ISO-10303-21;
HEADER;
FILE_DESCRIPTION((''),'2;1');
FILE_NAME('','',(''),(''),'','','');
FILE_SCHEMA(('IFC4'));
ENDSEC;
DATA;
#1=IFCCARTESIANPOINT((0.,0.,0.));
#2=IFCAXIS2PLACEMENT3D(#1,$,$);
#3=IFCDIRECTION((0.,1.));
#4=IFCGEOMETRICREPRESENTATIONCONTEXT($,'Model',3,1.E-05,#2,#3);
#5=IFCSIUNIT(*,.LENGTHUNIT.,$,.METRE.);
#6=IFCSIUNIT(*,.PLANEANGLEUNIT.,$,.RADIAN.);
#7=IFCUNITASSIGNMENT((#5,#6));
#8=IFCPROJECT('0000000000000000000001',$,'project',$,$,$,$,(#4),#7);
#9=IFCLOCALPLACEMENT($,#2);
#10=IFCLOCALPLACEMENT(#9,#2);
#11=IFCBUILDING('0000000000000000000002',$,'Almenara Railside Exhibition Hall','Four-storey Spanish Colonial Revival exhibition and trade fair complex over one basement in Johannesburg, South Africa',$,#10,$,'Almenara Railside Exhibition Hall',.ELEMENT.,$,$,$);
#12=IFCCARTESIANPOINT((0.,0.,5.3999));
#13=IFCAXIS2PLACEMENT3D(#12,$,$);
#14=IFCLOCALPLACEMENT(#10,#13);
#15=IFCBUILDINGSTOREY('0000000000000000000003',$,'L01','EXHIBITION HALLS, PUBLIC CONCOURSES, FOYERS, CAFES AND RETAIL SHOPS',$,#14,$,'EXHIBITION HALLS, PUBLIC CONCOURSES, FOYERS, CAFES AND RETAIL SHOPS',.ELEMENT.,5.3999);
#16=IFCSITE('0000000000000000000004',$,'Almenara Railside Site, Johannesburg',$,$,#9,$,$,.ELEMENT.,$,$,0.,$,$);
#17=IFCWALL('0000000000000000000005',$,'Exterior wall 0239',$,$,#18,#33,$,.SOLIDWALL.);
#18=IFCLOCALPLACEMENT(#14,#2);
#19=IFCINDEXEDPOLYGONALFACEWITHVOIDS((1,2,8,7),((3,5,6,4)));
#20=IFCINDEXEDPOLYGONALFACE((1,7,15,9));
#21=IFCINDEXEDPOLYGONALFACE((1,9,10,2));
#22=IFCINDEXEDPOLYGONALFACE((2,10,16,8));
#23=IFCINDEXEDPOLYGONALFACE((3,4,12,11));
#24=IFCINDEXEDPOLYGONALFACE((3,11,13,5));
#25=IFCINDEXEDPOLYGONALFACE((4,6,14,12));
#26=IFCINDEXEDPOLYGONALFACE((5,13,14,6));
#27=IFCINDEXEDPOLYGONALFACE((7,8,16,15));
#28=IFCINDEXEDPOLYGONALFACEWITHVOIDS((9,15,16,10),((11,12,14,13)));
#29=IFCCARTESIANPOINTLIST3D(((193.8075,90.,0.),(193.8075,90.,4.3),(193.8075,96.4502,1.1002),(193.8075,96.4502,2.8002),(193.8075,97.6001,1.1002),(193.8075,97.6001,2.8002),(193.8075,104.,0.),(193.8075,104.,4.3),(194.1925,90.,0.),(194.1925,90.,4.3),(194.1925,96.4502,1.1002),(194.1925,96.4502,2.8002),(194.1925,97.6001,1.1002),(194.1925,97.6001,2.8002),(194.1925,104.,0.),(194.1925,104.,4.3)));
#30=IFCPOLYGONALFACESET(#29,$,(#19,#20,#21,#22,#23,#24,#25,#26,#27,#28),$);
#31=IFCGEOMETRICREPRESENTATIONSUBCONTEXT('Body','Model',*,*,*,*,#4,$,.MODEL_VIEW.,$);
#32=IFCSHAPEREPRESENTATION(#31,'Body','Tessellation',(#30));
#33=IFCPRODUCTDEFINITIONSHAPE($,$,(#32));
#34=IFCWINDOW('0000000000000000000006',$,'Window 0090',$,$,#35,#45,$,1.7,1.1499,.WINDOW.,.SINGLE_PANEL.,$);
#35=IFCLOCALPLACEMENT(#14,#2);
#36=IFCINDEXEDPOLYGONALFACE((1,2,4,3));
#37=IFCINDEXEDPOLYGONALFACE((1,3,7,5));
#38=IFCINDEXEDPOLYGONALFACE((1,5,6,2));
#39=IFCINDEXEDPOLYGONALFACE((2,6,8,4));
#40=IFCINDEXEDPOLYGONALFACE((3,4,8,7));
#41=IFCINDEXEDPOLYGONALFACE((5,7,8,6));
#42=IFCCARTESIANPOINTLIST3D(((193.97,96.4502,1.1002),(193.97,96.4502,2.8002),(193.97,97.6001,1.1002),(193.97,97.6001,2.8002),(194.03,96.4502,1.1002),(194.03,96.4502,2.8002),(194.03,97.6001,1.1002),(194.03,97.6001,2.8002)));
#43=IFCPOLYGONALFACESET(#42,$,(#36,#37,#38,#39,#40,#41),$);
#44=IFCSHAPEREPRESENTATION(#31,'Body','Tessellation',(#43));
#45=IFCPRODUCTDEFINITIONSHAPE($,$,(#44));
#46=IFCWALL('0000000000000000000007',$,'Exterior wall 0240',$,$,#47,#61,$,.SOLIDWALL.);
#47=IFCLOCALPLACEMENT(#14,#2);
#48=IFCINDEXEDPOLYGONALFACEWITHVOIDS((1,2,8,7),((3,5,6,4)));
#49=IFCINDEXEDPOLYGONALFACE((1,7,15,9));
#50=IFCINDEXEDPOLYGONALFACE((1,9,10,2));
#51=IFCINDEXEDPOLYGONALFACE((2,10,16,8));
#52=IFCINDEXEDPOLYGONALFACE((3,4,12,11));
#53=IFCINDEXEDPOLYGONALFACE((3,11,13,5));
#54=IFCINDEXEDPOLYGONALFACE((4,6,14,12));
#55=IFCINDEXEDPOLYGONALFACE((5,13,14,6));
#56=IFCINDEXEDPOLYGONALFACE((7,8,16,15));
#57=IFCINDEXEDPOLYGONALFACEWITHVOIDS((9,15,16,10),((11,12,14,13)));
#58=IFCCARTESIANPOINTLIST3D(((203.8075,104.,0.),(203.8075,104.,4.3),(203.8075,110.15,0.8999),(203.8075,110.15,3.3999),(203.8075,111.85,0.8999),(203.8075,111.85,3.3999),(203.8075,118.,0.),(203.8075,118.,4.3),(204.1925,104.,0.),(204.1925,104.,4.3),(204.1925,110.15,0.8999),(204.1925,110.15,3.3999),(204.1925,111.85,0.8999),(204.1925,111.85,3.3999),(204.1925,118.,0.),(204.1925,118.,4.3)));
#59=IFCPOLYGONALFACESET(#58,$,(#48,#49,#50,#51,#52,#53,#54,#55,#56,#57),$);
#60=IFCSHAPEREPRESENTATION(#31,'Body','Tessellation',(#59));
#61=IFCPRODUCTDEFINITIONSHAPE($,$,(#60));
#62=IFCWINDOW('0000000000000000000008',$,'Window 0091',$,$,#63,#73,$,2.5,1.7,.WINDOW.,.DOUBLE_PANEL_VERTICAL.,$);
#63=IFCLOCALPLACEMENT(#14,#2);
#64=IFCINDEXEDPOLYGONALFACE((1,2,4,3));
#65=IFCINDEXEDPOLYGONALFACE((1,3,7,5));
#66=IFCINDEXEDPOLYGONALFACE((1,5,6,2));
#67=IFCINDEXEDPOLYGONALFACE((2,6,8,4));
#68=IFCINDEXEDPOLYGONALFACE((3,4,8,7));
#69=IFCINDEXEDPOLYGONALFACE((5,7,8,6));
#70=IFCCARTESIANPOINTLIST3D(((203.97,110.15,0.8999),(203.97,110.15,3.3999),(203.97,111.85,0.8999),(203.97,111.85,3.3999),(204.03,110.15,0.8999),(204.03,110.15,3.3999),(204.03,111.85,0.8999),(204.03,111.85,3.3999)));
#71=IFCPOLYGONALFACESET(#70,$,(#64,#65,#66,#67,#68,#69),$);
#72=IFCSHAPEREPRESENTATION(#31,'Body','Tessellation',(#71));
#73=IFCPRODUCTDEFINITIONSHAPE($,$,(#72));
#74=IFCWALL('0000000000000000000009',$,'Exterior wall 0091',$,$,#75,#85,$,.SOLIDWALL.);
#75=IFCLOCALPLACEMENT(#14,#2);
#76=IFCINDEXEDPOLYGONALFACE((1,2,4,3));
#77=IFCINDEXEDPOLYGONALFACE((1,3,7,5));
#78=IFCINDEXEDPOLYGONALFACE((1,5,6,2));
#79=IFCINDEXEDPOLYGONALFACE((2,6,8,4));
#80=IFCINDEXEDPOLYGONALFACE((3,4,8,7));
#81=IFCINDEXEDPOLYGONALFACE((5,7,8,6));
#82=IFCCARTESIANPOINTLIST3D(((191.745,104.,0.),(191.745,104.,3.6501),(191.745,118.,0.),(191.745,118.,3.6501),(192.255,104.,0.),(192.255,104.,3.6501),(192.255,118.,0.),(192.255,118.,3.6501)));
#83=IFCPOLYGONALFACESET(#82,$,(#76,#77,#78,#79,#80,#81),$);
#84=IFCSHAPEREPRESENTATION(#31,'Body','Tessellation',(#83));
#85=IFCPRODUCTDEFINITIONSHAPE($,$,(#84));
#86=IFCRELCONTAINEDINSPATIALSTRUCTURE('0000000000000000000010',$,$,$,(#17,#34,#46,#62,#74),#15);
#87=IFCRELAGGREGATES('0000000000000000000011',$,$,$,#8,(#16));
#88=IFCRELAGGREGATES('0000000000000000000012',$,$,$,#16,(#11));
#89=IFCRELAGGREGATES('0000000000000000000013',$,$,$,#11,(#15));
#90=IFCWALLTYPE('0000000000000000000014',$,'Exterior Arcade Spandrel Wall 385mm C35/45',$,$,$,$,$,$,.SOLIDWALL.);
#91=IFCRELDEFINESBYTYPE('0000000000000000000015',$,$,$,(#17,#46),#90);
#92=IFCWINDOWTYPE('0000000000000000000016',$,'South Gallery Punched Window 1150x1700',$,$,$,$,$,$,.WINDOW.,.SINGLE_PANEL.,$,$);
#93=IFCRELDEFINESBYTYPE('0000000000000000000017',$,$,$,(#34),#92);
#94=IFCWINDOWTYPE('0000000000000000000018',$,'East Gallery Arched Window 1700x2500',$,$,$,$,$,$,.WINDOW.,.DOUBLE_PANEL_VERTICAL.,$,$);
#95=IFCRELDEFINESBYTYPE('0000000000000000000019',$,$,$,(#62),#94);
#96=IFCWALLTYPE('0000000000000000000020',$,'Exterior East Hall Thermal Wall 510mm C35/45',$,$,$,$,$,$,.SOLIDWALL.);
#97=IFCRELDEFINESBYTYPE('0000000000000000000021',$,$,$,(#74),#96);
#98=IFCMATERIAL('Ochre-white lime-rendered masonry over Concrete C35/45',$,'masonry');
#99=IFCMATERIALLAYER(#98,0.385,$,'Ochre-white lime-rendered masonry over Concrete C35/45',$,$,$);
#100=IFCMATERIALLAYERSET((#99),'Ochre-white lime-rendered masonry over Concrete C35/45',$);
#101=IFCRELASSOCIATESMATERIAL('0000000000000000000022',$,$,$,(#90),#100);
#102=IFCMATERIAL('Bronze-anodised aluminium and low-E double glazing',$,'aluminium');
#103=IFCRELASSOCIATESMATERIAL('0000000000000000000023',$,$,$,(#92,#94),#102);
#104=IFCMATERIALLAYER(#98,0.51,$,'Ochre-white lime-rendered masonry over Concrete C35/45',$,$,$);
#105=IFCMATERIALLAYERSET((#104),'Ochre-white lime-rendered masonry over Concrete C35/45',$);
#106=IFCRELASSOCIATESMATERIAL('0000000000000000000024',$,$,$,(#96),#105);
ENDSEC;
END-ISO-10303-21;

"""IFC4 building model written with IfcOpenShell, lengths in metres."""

from ifc_helpers import new_model, si_unit, direction, frame, frame_2d, origin, place, context, subcontext, project, spatial, rectangle, extrude, material, layer, layer_set, type_object, element, fill, save


model = new_model("IFC4")

# Units and contexts
model_context = context("Model", 3, precision=1e-05, world=origin(), true_north=direction((0.0, 1.0)))
body_context = subcontext(model_context, "Body", "Model", "MODEL_VIEW")
ifc_project = project(units=[si_unit("LENGTHUNIT", "METRE"), si_unit("PLANEANGLEUNIT", "RADIAN")], contexts=[model_context])

# Site, building, storey
site_placement = place(None, origin())
site = spatial("IfcSite", under=ifc_project, at=site_placement, Name="Almenara Railside Site, Johannesburg", CompositionType="ELEMENT", RefElevation=0.0)
building_placement = place(site_placement, origin())
building = spatial("IfcBuilding", under=site, at=building_placement, Name="Almenara Railside Exhibition Hall", Description="Four-storey Spanish Colonial Revival exhibition and trade fair complex over one basement in Johannesburg, South Africa", LongName="Almenara Railside Exhibition Hall", CompositionType="ELEMENT")
storey_placement = place(building_placement, frame((0.0, 0.0, 5.3999)))
storey = spatial("IfcBuildingStorey", under=building, at=storey_placement, Name="L01", Description="EXHIBITION HALLS, PUBLIC CONCOURSES, FOYERS, CAFES AND RETAIL SHOPS", LongName="EXHIBITION HALLS, PUBLIC CONCOURSES, FOYERS, CAFES AND RETAIL SHOPS", CompositionType="ELEMENT", Elevation=5.3999)

# Shared definitions
ifc_material_1 = material(Name="Bronze-anodised aluminium and low-E double glazing", Category="aluminium")

# Walls, openings, windows
ifc_material_2 = material(Name="Ochre-white lime-rendered masonry over Concrete C35/45", Category="masonry")
ifc_layer_1 = layer(ifc_material_2, 0.385, Name="Ochre-white lime-rendered masonry over Concrete C35/45")
ifc_layer_set_1 = layer_set([ifc_layer_1], Name="Ochre-white lime-rendered masonry over Concrete C35/45")
wall_type_1 = type_object("IfcWallType", Name="Exterior Arcade Spandrel Wall 385mm C35/45", PredefinedType="SOLIDWALL", material=ifc_layer_set_1)
wall_1_placement = place(storey_placement, frame((194.0, 104.0, 0.0), z_axis=(0.0, 0.0, 1.0), x_axis=(0.0, -1.0, 0.0)))
wall_1 = element("IfcWall", 1, at=wall_1_placement, inside=storey, type_object=wall_type_1, Name="Exterior wall 0239", PredefinedType="SOLIDWALL", context=body_context, shape_type="SweptSolid", body=[
    extrude(rectangle(XDim=14.0, YDim=0.385, at=frame_2d((7.0, 0.0))), origin(), (0.0, 0.0, 1.0), 4.3),
])
opening_1_placement = place(wall_1_placement, frame((6.3999, 0.0, 1.1001)))
opening_1 = element("IfcOpeningElement", 2, at=opening_1_placement, cuts=wall_1, PredefinedType="OPENING", context=body_context, shape_type="SweptSolid", body=[
    extrude(rectangle(XDim=1.1499, YDim=1.7, at=frame_2d((0.575, 0.8501))), frame((0.0, 0.2024, 0.0), z_axis=(0.0, -1.0, 0.0), x_axis=(1.0, 0.0, 0.0)), (0.0, 0.0, 1.0), 0.405),
])
window_type_1 = type_object("IfcWindowType", Name="South Gallery Punched Window 1150x1700", PartitioningType="SINGLE_PANEL", PredefinedType="WINDOW", material=ifc_material_1)
window_1_placement = place(opening_1_placement, origin())
window_1 = element("IfcWindow", 3, at=window_1_placement, inside=storey, type_object=window_type_1, Name="Window 0090", OverallHeight=1.7, OverallWidth=1.1499, PartitioningType="SINGLE_PANEL", PredefinedType="WINDOW", context=body_context, shape_type="SweptSolid", body=[
    extrude(rectangle(XDim=1.1499, YDim=1.7, at=frame_2d((0.575, 0.8501))), frame((0.0, 0.03, 0.0), z_axis=(0.0, -1.0, 0.0), x_axis=(1.0, 0.0, 0.0)), (0.0, 0.0, 1.0), 0.0601),
])
fill(opening_1, window_1)
wall_2_placement = place(storey_placement, frame((204.0, 104.0, 0.0), z_axis=(0.0, 0.0, 1.0), x_axis=(0.0, 1.0, 0.0)))
wall_2 = element("IfcWall", 4, at=wall_2_placement, inside=storey, type_object=wall_type_1, Name="Exterior wall 0240", PredefinedType="SOLIDWALL", context=body_context, shape_type="SweptSolid", body=[
    extrude(rectangle(XDim=14.0, YDim=0.385, at=frame_2d((7.0, 0.0))), origin(), (0.0, 0.0, 1.0), 4.3),
])
opening_2_placement = place(wall_2_placement, frame((6.1499, 0.0, 0.8999)))
opening_2 = element("IfcOpeningElement", 5, at=opening_2_placement, cuts=wall_2, PredefinedType="OPENING", context=body_context, shape_type="SweptSolid", body=[
    extrude(rectangle(XDim=1.7, YDim=2.5, at=frame_2d((0.8501, 1.25))), frame((0.0, 0.2024, 0.0), z_axis=(0.0, -1.0, 0.0), x_axis=(1.0, 0.0, 0.0)), (0.0, 0.0, 1.0), 0.405),
])
window_type_2 = type_object("IfcWindowType", Name="East Gallery Arched Window 1700x2500", PartitioningType="DOUBLE_PANEL_VERTICAL", PredefinedType="WINDOW", material=ifc_material_1)
window_2_placement = place(opening_2_placement, origin())
window_2 = element("IfcWindow", 6, at=window_2_placement, inside=storey, type_object=window_type_2, Name="Window 0091", OverallHeight=2.5, OverallWidth=1.7, PartitioningType="DOUBLE_PANEL_VERTICAL", PredefinedType="WINDOW", context=body_context, shape_type="SweptSolid", body=[
    extrude(rectangle(XDim=1.7, YDim=2.5, at=frame_2d((0.8501, 1.25))), frame((0.0, 0.03, 0.0), z_axis=(0.0, -1.0, 0.0), x_axis=(1.0, 0.0, 0.0)), (0.0, 0.0, 1.0), 0.0601),
])
fill(opening_2, window_2)

# Wall
ifc_layer_2 = layer(ifc_material_2, 0.51, Name="Ochre-white lime-rendered masonry over Concrete C35/45")
ifc_layer_set_2 = layer_set([ifc_layer_2], Name="Ochre-white lime-rendered masonry over Concrete C35/45")
wall_type_2 = type_object("IfcWallType", Name="Exterior East Hall Thermal Wall 510mm C35/45", PredefinedType="SOLIDWALL", material=ifc_layer_set_2)
wall_3_placement = place(storey_placement, frame((192.0, 104.0, 0.0), z_axis=(0.0, 0.0, 1.0), x_axis=(0.0, 1.0, 0.0)))
element("IfcWall", 7, at=wall_3_placement, inside=storey, type_object=wall_type_2, Name="Exterior wall 0091", PredefinedType="SOLIDWALL", context=body_context, shape_type="SweptSolid", body=[
    extrude(rectangle(XDim=14.0, YDim=0.51, at=frame_2d((7.0, 0.0))), origin(), (0.0, 0.0, 1.0), 3.6501),
])

save(model, "model.ifc")
